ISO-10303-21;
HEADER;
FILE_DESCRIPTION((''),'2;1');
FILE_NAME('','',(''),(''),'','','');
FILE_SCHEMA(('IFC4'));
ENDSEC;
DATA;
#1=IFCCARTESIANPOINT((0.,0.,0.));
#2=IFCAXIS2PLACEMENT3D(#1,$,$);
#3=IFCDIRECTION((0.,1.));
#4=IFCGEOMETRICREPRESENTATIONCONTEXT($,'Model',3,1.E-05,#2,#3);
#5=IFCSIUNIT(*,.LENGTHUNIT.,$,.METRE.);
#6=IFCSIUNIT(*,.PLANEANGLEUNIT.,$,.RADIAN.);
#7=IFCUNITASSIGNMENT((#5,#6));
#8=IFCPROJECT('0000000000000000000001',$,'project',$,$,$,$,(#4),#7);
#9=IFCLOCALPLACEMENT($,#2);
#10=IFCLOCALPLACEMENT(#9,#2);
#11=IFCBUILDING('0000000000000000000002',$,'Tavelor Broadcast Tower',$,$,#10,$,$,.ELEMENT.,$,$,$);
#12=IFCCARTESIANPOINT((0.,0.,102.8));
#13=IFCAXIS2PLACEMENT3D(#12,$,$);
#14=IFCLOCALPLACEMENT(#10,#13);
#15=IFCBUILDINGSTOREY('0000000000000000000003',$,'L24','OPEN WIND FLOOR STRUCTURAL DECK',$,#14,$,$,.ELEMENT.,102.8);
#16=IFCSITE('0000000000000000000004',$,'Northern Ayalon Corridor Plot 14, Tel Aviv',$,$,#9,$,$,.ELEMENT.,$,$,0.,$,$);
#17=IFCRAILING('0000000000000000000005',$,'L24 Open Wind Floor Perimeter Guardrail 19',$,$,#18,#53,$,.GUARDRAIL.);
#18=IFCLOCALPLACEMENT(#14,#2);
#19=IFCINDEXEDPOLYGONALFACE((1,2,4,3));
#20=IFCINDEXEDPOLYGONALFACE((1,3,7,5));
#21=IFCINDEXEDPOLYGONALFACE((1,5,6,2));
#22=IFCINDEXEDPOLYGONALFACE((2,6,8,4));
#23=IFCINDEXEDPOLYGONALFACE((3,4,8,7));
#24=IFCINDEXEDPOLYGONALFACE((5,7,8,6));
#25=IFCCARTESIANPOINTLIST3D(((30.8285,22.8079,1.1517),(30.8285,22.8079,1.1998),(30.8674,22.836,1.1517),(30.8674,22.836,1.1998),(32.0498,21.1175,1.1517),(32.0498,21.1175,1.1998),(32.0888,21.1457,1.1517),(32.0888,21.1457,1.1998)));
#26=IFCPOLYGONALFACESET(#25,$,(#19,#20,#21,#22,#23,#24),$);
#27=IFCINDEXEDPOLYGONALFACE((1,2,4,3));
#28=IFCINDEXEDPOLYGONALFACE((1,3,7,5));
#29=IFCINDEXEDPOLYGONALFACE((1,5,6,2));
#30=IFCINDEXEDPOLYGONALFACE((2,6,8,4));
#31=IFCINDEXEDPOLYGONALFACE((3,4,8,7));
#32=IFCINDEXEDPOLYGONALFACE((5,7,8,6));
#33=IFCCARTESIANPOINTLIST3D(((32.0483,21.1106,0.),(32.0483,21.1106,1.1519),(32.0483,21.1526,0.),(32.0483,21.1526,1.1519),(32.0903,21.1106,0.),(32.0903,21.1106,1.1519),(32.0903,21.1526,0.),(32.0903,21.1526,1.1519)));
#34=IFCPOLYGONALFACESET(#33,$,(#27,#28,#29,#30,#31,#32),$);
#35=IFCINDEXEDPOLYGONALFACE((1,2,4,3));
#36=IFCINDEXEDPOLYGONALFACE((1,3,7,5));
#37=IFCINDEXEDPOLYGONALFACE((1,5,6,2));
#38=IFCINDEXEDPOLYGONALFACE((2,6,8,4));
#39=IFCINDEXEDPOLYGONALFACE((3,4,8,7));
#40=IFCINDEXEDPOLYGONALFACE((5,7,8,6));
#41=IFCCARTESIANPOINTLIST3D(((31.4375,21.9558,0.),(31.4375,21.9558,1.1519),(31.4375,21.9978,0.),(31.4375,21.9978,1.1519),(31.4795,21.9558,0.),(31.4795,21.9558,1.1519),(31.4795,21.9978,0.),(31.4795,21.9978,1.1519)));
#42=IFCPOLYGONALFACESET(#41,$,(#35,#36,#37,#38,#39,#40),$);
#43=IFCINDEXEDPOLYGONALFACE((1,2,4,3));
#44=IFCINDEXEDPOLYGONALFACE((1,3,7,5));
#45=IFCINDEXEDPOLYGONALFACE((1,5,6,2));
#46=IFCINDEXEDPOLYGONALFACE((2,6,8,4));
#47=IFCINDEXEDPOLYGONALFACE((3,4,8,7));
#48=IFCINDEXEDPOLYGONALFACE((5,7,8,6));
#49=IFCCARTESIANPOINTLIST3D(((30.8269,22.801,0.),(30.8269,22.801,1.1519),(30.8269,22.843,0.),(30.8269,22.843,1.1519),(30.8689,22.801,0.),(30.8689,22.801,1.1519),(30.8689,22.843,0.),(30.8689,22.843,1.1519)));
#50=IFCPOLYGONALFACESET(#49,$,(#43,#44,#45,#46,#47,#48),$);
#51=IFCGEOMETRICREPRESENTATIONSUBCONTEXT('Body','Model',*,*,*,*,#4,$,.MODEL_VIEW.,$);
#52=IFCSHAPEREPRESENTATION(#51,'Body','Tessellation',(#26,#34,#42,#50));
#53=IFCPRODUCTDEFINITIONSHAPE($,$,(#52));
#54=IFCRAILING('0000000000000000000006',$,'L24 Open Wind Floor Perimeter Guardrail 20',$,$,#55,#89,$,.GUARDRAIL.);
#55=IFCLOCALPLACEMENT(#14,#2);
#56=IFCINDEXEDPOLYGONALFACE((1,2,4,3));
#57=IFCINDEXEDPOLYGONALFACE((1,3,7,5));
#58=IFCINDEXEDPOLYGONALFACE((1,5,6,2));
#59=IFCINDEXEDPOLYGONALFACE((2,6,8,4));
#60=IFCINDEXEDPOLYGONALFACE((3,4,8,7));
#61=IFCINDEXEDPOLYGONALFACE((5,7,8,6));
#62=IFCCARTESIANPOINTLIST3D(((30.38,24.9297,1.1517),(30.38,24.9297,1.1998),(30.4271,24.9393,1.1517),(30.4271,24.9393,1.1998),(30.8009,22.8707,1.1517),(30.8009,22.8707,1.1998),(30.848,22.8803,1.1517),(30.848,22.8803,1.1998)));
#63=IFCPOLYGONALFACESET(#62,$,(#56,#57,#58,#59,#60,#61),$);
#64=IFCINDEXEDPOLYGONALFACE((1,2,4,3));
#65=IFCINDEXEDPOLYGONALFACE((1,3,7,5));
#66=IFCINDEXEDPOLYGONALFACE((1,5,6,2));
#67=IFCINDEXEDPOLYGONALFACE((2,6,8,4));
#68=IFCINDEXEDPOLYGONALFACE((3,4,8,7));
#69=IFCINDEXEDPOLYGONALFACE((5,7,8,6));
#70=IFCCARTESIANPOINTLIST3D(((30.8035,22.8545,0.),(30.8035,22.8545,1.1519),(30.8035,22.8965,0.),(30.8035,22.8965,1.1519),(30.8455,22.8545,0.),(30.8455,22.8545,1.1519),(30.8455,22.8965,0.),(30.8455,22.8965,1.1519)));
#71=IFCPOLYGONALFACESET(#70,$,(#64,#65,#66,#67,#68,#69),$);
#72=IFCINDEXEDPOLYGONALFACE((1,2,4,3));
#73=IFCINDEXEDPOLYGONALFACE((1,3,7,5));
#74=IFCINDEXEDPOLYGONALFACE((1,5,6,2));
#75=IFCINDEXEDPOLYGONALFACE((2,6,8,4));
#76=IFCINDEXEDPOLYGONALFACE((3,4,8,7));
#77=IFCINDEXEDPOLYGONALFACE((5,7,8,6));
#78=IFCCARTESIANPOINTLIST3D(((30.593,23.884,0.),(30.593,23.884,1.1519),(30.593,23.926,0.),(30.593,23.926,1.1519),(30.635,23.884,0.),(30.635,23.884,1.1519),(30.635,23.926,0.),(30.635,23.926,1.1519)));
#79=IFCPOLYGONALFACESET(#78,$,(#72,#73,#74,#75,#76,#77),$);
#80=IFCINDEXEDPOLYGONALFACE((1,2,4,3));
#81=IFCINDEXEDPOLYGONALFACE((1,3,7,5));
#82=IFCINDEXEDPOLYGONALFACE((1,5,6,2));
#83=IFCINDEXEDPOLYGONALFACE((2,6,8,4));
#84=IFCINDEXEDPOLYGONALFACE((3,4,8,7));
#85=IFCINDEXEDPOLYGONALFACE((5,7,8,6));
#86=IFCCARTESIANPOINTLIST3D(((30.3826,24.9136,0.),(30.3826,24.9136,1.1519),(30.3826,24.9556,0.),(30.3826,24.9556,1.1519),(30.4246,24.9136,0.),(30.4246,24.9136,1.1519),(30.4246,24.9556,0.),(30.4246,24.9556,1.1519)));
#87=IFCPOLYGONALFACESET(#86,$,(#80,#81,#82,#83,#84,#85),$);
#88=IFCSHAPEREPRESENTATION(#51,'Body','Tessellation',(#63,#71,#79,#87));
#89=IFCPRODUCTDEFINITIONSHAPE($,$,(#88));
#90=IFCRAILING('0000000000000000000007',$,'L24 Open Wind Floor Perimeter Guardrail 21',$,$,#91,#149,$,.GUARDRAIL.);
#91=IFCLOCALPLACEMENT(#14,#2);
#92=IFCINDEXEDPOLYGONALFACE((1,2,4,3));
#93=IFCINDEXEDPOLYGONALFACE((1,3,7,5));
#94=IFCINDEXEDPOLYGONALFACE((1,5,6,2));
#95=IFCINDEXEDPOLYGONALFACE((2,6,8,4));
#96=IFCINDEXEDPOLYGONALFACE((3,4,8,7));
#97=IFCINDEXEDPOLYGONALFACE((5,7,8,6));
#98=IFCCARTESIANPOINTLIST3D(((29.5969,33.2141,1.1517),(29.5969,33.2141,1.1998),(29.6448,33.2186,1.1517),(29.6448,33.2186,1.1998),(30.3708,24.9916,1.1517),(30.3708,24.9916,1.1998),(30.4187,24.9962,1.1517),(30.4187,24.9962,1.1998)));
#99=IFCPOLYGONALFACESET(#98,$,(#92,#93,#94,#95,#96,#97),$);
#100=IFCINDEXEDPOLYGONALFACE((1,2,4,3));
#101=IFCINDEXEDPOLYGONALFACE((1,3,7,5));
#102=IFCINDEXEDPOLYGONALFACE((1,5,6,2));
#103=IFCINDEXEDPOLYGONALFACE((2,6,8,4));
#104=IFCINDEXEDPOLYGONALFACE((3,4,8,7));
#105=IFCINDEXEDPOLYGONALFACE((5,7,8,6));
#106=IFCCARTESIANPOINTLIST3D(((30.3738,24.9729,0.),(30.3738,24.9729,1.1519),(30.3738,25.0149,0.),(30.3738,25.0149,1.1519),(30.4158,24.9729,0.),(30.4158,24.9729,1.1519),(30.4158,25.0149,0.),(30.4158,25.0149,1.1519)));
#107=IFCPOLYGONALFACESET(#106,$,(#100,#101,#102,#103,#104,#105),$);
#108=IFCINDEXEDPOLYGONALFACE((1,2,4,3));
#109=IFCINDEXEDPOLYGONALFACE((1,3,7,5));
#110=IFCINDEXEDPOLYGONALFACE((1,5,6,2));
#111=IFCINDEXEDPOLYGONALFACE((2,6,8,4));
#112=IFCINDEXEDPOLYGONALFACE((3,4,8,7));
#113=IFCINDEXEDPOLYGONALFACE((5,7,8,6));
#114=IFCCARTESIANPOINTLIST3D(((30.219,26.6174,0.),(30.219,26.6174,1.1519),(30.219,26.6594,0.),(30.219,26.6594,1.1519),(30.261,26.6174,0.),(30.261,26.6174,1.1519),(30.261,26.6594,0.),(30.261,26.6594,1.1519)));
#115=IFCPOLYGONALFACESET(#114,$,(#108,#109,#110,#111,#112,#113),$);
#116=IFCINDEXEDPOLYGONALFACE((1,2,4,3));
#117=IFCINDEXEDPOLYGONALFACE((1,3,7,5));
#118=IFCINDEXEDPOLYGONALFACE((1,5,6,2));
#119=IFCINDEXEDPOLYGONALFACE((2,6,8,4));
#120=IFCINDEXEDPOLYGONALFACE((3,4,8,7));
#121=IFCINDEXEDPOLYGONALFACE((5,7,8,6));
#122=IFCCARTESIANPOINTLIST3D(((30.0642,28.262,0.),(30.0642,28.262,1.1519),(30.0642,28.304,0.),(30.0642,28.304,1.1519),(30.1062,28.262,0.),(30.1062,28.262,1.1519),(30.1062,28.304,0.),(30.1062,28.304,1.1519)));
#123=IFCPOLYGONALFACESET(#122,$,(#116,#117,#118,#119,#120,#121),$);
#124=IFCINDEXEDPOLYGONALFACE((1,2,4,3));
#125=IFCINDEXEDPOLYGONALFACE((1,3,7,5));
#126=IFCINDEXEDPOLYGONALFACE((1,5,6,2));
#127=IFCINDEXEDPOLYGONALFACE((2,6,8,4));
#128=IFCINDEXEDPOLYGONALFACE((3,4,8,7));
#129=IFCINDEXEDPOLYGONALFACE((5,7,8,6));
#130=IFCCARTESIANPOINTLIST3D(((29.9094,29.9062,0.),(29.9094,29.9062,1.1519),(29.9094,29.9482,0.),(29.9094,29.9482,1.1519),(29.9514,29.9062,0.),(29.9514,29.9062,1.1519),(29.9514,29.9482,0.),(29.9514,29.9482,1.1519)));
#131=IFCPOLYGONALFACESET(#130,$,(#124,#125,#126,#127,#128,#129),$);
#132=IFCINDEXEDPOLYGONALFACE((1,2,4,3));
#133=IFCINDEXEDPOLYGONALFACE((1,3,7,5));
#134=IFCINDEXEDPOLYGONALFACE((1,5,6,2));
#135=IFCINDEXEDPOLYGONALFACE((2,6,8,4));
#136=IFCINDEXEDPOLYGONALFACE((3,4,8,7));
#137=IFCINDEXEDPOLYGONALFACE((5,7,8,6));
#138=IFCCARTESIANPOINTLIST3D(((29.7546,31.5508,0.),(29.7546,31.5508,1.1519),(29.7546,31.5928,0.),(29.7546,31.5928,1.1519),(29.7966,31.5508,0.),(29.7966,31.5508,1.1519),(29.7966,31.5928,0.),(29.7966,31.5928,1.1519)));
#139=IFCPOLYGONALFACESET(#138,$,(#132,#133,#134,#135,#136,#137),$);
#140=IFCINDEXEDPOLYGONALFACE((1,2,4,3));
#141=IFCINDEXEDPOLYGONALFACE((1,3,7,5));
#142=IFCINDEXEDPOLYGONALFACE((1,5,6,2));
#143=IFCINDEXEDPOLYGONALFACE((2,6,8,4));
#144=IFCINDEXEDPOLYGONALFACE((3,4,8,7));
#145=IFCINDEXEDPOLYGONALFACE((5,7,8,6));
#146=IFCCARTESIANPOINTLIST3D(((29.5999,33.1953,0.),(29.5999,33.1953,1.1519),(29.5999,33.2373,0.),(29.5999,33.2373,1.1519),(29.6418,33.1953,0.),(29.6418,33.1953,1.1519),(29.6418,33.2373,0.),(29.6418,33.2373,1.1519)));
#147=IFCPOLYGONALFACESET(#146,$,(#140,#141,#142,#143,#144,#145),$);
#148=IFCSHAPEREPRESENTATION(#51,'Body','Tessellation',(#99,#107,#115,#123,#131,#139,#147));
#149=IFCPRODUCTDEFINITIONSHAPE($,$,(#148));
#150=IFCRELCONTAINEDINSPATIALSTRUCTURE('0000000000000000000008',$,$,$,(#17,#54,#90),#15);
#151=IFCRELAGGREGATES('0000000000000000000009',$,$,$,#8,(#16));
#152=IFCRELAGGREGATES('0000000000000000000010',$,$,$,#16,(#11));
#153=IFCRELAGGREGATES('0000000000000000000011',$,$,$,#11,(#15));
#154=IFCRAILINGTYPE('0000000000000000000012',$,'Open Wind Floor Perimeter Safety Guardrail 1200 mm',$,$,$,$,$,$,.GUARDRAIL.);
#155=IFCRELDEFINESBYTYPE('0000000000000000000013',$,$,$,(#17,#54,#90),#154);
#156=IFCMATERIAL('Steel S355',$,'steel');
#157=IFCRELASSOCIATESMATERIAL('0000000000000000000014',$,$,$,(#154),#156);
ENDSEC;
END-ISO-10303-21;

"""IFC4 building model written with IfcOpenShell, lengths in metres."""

from ifc_helpers import new_model, si_unit, direction, frame, origin, origin_2d, place, context, subcontext, project, spatial, rectangle, extrude, material, type_object, element, save


model = new_model("IFC4")

# Units and contexts
model_context = context("Model", 3, precision=1e-05, world=origin(), true_north=direction((0.0, 1.0)))
body_context = subcontext(model_context, "Body", "Model", "MODEL_VIEW")
ifc_project = project(units=[si_unit("LENGTHUNIT", "METRE"), si_unit("PLANEANGLEUNIT", "RADIAN")], contexts=[model_context])

# Site, building, storey
site_placement = place(None, origin())
site = spatial("IfcSite", under=ifc_project, at=site_placement, Name="Northern Ayalon Corridor Plot 14, Tel Aviv", CompositionType="ELEMENT", RefElevation=0.0)
building_placement = place(site_placement, origin())
building = spatial("IfcBuilding", under=site, at=building_placement, Name="Tavelor Broadcast Tower", CompositionType="ELEMENT")
storey_placement = place(building_placement, frame((0.0, 0.0, 102.8)))
storey = spatial("IfcBuildingStorey", under=building, at=storey_placement, Name="L24", Description="OPEN WIND FLOOR STRUCTURAL DECK", CompositionType="ELEMENT", Elevation=102.8)

# Railings
ifc_material_1 = material(Name="Steel S355", Category="steel")
railing_type = type_object("IfcRailingType", Name="Open Wind Floor Perimeter Safety Guardrail 1200 mm", PredefinedType="GUARDRAIL", material=ifc_material_1)
railing_1_placement = place(storey_placement, frame((32.0693, 21.1316, 0.0)))
element("IfcRailing", 1, at=railing_1_placement, inside=storey, type_object=railing_type, Name="L24 Open Wind Floor Perimeter Guardrail 19", PredefinedType="GUARDRAIL", context=body_context, shape_type="SweptSolid", body=[
    extrude(rectangle(XDim=0.0481, YDim=0.0481, at=origin_2d()), frame((0.0, 0.0, 1.1758), z_axis=(-0.58567, 0.81055, 0.0), x_axis=(-0.81055, -0.58567, 0.0)), (0.0, 0.0, 1.0), 2.0854),
    extrude(rectangle(XDim=0.042, YDim=0.042, at=origin_2d()), origin(), (0.0, 0.0, 1.0), 1.1519),
    extrude(rectangle(XDim=0.042, YDim=0.042, at=origin_2d()), frame((-0.6108, 0.8452, 0.0)), (0.0, 0.0, 1.0), 1.1519),
    extrude(rectangle(XDim=0.042, YDim=0.042, at=origin_2d()), frame((-1.2214, 1.6904, 0.0)), (0.0, 0.0, 1.0), 1.1519),
])
railing_2_placement = place(storey_placement, frame((30.8245, 22.8755, 0.0)))
element("IfcRailing", 2, at=railing_2_placement, inside=storey, type_object=railing_type, Name="L24 Open Wind Floor Perimeter Guardrail 20", PredefinedType="GUARDRAIL", context=body_context, shape_type="SweptSolid", body=[
    extrude(rectangle(XDim=0.0481, YDim=0.0481, at=origin_2d()), frame((0.0, 0.0, 1.1758), z_axis=(-0.20027, 0.979741, 0.0), x_axis=(-0.979741, -0.20027, 0.0)), (0.0, 0.0, 1.0), 2.1016),
    extrude(rectangle(XDim=0.042, YDim=0.042, at=origin_2d()), origin(), (0.0, 0.0, 1.0), 1.1519),
    extrude(rectangle(XDim=0.042, YDim=0.042, at=origin_2d()), frame((-0.2104, 1.0295, 0.0)), (0.0, 0.0, 1.0), 1.1519),
    extrude(rectangle(XDim=0.042, YDim=0.042, at=origin_2d()), frame((-0.4209, 2.0591, 0.0)), (0.0, 0.0, 1.0), 1.1519),
])
railing_3_placement = place(storey_placement, frame((30.3948, 24.9939, 0.0)))
element("IfcRailing", 3, at=railing_3_placement, inside=storey, type_object=railing_type, Name="L24 Open Wind Floor Perimeter Guardrail 21", PredefinedType="GUARDRAIL", context=body_context, shape_type="SweptSolid", body=[
    extrude(rectangle(XDim=0.0481, YDim=0.0481, at=origin_2d()), frame((0.0, 0.0, 1.1758), z_axis=(-0.09371, 0.9956, 0.0), x_axis=(-0.9956, -0.09371, 0.0)), (0.0, 0.0, 1.0), 8.2588),
    extrude(rectangle(XDim=0.042, YDim=0.042, at=origin_2d()), origin(), (0.0, 0.0, 1.0), 1.1519),
    extrude(rectangle(XDim=0.042, YDim=0.042, at=origin_2d()), frame((-0.1548, 1.6445, 0.0)), (0.0, 0.0, 1.0), 1.1519),
    extrude(rectangle(XDim=0.042, YDim=0.042, at=origin_2d()), frame((-0.3096, 3.2891, 0.0)), (0.0, 0.0, 1.0), 1.1519),
    extrude(rectangle(XDim=0.042, YDim=0.042, at=origin_2d()), frame((-0.4644, 4.9333, 0.0)), (0.0, 0.0, 1.0), 1.1519),
    extrude(rectangle(XDim=0.042, YDim=0.042, at=origin_2d()), frame((-0.6191, 6.5779, 0.0)), (0.0, 0.0, 1.0), 1.1519),
    extrude(rectangle(XDim=0.042, YDim=0.042, at=origin_2d()), frame((-0.7739, 8.2224, 0.0)), (0.0, 0.0, 1.0), 1.1519),
])

save(model, "model.ifc")
